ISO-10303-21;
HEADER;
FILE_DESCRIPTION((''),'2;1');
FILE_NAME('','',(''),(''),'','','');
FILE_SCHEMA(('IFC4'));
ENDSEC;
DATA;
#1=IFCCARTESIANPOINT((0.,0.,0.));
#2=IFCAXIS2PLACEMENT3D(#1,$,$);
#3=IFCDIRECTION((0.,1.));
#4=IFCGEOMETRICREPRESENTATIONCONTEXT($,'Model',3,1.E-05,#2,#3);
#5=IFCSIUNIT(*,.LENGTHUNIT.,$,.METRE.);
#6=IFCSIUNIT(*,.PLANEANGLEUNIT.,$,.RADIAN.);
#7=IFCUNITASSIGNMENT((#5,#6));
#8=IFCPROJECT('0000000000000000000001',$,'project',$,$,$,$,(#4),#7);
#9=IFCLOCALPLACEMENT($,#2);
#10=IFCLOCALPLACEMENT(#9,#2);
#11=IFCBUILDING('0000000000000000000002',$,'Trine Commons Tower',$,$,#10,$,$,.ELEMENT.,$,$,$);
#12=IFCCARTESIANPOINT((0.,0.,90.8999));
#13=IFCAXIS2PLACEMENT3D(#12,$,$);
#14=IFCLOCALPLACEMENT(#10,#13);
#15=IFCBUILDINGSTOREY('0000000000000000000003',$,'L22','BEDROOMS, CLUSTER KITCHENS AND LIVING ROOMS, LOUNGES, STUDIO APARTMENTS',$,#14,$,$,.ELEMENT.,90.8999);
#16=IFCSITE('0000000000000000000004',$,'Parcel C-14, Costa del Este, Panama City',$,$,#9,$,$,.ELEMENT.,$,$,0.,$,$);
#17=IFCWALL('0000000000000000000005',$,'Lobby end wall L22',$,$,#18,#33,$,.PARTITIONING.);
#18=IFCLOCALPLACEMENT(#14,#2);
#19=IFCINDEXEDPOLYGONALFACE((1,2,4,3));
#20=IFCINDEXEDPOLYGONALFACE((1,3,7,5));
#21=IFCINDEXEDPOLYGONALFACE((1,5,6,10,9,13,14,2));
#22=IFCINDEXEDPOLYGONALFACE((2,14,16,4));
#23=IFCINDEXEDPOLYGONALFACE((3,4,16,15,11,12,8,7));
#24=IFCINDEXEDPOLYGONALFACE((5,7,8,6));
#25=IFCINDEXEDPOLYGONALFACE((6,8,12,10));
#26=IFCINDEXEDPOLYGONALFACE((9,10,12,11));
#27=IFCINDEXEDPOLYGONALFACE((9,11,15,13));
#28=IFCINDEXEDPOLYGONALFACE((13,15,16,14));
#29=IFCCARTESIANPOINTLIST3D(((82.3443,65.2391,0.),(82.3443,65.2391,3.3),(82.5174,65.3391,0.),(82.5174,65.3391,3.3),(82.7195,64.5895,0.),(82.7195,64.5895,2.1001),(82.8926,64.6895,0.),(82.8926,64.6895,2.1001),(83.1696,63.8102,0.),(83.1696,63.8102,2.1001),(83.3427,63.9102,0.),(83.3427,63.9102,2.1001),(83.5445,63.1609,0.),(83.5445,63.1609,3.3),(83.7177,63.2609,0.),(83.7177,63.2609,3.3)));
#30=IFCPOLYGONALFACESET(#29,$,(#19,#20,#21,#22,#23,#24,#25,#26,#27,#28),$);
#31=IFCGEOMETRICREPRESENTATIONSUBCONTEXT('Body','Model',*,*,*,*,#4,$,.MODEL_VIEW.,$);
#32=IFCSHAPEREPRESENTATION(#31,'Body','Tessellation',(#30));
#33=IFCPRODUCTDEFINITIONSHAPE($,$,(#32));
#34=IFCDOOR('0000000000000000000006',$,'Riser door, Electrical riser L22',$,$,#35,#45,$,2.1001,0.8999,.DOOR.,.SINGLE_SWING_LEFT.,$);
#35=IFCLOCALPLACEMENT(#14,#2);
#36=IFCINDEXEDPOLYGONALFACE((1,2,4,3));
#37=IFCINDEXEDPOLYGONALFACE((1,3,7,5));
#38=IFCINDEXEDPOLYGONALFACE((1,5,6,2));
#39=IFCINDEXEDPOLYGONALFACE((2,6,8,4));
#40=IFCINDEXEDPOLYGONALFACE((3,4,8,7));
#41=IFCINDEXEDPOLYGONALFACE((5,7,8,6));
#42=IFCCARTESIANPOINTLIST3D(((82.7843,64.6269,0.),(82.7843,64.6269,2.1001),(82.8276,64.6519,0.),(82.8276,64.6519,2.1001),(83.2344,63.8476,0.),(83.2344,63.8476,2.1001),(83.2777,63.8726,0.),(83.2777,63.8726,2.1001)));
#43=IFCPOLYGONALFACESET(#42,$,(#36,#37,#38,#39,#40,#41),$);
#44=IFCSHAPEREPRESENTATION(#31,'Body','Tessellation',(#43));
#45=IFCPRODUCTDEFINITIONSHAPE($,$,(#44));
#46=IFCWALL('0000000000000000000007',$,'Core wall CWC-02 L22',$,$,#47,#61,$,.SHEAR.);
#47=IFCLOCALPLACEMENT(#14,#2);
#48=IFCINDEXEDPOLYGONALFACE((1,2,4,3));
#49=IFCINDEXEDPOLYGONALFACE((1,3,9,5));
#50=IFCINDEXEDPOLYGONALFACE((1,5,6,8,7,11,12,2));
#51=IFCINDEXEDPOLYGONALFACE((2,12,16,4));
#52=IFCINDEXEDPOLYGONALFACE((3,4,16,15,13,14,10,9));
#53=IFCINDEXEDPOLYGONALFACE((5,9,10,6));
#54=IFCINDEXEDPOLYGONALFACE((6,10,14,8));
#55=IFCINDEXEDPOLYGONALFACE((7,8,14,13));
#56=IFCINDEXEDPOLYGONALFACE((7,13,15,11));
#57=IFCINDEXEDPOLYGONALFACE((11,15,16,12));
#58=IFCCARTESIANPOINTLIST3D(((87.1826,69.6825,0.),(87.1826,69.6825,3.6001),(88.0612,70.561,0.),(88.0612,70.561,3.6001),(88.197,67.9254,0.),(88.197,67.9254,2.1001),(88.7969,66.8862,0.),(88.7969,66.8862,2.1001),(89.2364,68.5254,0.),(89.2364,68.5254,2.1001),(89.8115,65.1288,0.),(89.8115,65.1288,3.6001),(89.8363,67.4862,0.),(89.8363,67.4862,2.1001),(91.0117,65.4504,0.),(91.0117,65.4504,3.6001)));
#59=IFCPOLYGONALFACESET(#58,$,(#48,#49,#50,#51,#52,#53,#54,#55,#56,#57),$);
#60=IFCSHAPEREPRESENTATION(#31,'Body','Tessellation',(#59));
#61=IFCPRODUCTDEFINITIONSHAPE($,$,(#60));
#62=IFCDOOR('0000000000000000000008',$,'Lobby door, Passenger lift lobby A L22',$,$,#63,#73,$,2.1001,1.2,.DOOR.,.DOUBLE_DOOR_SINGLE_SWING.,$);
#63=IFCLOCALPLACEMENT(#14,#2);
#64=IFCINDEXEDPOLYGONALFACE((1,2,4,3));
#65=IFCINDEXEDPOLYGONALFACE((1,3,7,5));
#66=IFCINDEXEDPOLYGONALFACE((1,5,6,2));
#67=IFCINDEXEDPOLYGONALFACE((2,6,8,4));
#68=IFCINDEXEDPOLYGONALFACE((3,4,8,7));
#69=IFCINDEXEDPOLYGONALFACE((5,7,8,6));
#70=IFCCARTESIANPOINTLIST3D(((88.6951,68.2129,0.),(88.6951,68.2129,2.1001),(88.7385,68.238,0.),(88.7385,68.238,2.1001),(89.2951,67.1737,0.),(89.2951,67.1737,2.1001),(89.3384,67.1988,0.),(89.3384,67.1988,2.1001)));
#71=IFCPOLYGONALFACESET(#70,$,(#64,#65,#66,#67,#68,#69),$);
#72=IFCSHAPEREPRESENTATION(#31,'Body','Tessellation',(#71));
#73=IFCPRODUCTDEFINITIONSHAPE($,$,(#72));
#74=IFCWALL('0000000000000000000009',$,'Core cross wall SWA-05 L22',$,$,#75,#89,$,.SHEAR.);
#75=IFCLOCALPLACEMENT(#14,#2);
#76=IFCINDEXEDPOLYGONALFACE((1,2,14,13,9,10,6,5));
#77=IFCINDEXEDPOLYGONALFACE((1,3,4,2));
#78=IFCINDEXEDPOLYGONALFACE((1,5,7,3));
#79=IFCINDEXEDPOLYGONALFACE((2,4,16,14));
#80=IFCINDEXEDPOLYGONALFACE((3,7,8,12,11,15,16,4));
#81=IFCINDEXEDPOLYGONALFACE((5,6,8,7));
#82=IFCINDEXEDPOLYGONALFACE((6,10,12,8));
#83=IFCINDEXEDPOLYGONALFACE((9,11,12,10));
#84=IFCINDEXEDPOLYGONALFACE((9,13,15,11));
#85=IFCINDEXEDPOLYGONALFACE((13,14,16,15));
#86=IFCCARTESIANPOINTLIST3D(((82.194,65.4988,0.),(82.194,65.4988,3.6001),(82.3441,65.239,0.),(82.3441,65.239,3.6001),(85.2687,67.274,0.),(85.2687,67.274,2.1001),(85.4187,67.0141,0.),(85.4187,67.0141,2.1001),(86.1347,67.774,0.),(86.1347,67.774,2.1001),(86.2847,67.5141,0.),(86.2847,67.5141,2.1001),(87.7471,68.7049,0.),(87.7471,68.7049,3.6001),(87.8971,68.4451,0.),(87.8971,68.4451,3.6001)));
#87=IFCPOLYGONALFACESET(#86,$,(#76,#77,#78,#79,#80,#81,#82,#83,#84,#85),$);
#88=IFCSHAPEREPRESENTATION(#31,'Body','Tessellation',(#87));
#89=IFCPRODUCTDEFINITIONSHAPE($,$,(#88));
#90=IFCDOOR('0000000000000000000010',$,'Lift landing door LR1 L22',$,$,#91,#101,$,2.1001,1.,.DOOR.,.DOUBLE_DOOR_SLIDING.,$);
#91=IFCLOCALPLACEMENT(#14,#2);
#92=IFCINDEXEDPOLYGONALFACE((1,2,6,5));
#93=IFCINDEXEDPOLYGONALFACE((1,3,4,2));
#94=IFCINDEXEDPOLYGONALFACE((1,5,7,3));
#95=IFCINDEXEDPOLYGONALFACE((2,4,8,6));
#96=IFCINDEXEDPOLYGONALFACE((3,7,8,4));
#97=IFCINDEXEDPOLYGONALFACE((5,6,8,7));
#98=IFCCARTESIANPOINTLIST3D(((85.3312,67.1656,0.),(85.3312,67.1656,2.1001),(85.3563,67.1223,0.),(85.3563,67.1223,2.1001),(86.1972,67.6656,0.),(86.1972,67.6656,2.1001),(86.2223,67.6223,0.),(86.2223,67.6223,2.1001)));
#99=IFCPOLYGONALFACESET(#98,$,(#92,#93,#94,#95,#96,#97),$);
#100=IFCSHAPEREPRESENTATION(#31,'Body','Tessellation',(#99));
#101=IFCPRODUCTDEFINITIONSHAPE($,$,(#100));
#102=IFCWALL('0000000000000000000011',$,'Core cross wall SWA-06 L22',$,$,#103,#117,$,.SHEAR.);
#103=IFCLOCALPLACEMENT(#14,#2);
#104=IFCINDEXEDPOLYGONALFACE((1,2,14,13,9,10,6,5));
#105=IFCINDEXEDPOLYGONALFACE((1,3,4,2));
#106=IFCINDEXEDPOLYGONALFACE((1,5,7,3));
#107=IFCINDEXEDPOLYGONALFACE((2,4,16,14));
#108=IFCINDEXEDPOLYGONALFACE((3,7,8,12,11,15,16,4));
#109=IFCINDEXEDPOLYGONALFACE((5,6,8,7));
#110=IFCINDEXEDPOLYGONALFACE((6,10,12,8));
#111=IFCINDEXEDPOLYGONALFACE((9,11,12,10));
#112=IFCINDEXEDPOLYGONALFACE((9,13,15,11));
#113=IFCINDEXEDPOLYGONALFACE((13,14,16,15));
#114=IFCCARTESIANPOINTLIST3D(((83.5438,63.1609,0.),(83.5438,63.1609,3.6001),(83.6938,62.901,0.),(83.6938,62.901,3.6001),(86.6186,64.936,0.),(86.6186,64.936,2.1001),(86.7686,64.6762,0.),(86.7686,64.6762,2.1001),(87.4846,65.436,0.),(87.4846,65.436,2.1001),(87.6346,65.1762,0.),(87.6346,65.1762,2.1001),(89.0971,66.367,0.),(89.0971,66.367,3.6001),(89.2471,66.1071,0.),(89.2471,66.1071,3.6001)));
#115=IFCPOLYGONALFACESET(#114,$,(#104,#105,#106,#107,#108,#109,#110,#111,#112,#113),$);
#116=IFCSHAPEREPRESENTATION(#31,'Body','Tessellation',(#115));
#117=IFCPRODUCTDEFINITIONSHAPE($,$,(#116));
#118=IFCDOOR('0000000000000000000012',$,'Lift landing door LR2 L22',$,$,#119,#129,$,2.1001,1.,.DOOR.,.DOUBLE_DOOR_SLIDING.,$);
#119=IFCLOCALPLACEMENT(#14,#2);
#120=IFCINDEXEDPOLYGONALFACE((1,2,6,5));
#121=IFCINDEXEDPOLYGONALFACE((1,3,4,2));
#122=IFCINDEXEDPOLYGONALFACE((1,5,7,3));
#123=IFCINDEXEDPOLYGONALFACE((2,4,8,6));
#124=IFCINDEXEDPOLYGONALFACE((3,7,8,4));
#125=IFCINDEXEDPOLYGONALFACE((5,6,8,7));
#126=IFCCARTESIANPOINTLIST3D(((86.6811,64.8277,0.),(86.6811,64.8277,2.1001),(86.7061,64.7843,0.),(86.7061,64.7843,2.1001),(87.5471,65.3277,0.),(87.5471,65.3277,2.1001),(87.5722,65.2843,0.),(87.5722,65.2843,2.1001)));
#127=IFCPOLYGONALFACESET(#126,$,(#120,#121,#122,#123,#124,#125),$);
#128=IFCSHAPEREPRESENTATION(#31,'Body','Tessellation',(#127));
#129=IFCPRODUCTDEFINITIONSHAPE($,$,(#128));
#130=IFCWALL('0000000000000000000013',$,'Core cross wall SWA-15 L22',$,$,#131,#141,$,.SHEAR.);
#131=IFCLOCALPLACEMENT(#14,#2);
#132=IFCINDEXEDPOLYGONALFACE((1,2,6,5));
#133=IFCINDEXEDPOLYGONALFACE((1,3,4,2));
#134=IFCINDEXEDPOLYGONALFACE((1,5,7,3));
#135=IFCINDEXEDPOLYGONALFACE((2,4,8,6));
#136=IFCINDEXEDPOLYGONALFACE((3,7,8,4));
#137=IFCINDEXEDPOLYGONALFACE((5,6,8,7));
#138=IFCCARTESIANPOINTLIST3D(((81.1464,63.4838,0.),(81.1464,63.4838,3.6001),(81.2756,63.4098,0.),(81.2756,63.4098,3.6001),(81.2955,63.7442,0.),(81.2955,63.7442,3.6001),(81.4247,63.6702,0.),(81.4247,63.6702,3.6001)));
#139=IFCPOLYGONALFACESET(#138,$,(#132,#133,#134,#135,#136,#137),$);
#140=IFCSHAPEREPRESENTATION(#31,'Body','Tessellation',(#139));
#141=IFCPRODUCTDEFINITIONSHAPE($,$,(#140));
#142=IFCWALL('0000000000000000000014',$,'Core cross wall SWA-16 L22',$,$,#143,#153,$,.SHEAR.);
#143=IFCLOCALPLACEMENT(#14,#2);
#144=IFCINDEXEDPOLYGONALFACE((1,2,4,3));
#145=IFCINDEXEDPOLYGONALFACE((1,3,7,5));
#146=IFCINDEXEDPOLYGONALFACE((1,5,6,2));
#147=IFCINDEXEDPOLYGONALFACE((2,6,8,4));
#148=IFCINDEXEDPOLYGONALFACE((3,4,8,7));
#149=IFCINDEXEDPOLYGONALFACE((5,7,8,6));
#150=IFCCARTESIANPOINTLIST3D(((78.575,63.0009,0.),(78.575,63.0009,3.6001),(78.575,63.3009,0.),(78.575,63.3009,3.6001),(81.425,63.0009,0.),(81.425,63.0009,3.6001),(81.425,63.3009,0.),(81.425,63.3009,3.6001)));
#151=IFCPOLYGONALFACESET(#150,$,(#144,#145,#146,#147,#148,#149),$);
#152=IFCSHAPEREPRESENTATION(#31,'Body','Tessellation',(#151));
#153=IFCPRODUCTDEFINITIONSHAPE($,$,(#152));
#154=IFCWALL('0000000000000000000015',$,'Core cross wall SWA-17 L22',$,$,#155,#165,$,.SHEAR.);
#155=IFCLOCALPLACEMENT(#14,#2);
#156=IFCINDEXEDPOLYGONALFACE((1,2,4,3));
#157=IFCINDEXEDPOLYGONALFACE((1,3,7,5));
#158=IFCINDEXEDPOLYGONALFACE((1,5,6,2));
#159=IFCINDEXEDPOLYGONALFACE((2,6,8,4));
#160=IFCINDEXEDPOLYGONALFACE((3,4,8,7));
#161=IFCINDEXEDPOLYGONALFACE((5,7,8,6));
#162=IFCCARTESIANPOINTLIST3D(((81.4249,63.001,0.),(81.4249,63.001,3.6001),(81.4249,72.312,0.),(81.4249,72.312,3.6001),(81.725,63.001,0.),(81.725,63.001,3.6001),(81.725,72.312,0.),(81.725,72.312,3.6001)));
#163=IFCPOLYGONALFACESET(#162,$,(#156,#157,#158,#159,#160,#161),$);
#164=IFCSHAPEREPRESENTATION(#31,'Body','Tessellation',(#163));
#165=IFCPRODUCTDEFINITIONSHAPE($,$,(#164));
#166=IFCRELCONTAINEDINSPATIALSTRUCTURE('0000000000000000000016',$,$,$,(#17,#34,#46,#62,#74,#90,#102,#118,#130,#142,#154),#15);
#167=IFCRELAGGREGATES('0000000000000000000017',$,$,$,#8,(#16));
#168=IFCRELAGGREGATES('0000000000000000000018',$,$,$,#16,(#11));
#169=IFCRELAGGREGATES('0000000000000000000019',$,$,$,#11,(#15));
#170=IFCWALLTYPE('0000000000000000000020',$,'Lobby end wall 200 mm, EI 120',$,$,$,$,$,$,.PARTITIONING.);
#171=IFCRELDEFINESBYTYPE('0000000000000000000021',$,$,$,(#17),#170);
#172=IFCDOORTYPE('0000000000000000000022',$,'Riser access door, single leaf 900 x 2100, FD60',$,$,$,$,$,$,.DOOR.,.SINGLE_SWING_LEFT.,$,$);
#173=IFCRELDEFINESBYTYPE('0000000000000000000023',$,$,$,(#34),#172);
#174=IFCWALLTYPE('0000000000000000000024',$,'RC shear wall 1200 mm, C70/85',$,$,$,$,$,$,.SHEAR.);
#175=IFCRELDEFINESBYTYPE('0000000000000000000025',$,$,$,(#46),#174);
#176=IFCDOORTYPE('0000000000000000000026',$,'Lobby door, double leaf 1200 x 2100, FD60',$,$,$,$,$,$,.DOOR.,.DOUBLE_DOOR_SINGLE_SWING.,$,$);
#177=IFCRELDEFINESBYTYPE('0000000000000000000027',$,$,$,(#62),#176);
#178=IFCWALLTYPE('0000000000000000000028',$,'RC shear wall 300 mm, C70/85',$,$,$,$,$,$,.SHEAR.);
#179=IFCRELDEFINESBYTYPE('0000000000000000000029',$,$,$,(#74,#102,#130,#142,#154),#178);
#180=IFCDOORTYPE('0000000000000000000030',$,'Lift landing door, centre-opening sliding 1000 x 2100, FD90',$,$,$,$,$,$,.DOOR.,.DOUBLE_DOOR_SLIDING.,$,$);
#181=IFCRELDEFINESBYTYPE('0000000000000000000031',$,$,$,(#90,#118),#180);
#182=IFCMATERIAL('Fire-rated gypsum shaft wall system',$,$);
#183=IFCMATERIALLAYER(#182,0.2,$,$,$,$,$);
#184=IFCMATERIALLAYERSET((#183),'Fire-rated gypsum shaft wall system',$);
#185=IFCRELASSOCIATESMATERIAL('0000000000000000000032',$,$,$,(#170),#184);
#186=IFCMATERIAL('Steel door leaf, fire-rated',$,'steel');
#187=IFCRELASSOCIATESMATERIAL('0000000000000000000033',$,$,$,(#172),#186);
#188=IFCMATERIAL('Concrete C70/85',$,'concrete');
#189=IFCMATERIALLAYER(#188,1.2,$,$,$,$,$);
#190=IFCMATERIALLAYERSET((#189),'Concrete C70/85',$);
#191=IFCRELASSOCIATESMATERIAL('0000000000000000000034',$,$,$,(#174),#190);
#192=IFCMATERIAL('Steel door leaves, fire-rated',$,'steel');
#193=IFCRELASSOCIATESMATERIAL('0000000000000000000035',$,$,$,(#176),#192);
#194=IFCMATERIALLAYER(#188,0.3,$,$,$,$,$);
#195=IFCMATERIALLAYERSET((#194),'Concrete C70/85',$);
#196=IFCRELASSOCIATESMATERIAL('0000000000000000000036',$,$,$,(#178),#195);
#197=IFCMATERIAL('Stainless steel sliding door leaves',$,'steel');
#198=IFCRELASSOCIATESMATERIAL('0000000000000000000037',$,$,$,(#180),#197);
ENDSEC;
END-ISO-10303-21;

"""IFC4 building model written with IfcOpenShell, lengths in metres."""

from ifc_helpers import new_model, si_unit, direction, frame, frame_2d, origin, place, context, subcontext, project, spatial, polyline, rectangle, outline, extrude, material, layer, layer_set, type_object, element, fill, save


model = new_model("IFC4")

# Units and contexts
model_context = context("Model", 3, precision=1e-05, world=origin(), true_north=direction((0.0, 1.0)))
body_context = subcontext(model_context, "Body", "Model", "MODEL_VIEW")
ifc_project = project(units=[si_unit("LENGTHUNIT", "METRE"), si_unit("PLANEANGLEUNIT", "RADIAN")], contexts=[model_context])

# Site, building, storey
site_placement = place(None, origin())
site = spatial("IfcSite", under=ifc_project, at=site_placement, Name="Parcel C-14, Costa del Este, Panama City", CompositionType="ELEMENT", RefElevation=0.0)
building_placement = place(site_placement, origin())
building = spatial("IfcBuilding", under=site, at=building_placement, Name="Trine Commons Tower", CompositionType="ELEMENT")
storey_placement = place(building_placement, frame((0.0, 0.0, 90.8999)))
storey = spatial("IfcBuildingStorey", under=building, at=storey_placement, Name="L22", Description="BEDROOMS, CLUSTER KITCHENS AND LIVING ROOMS, LOUNGES, STUDIO APARTMENTS", CompositionType="ELEMENT", Elevation=90.8999)

# Walls, openings, doors
ifc_material_1 = material(Name="Fire-rated gypsum shaft wall system")
ifc_layer_1 = layer(ifc_material_1, 0.2)
ifc_layer_set_1 = layer_set([ifc_layer_1], Name="Fire-rated gypsum shaft wall system")
wall_type_1 = type_object("IfcWallType", Name="Lobby end wall 200 mm, EI 120", PredefinedType="PARTITIONING", material=ifc_layer_set_1)
wall_1_placement = place(storey_placement, frame((83.6311, 63.2109, 0.0), z_axis=(0.0, 0.0, 1.0), x_axis=(-0.500122, 0.865955, 0.0)))
wall_1 = element("IfcWall", 1, at=wall_1_placement, inside=storey, type_object=wall_type_1, Name="Lobby end wall L22", PredefinedType="PARTITIONING", context=body_context, shape_type="SweptSolid", body=[
    extrude(rectangle(XDim=2.3999, YDim=0.2, at=frame_2d((1.2, 0.0))), origin(), (0.0, 0.0, 1.0), 3.3),
])
opening_1_placement = place(wall_1_placement, frame((0.7498, 0.0, 0.0)))
opening_1 = element("IfcOpeningElement", 2, at=opening_1_placement, cuts=wall_1, PredefinedType="OPENING", context=body_context, shape_type="SweptSolid", body=[
    extrude(rectangle(XDim=0.8999, YDim=2.1001, at=frame_2d((0.45, 1.05))), frame((0.0, 0.1099, 0.0), z_axis=(0.0, -1.0, 0.0), x_axis=(1.0, 0.0, 0.0)), (0.0, 0.0, 1.0), 0.22),
])
ifc_material_2 = material(Name="Steel door leaf, fire-rated", Category="steel")
door_type_1 = type_object("IfcDoorType", Name="Riser access door, single leaf 900 x 2100, FD60", OperationType="SINGLE_SWING_LEFT", PredefinedType="DOOR", material=ifc_material_2)
door_1_placement = place(opening_1_placement, frame((0.8999, 0.0, 0.0), z_axis=(0.0, 0.0, 1.0), x_axis=(-1.0, 0.0, 0.0)))
door_1 = element("IfcDoor", 3, at=door_1_placement, inside=storey, type_object=door_type_1, Name="Riser door, Electrical riser L22", OperationType="SINGLE_SWING_LEFT", OverallHeight=2.1001, OverallWidth=0.8999, PredefinedType="DOOR", context=body_context, shape_type="SweptSolid", body=[
    extrude(rectangle(XDim=0.8999, YDim=2.1001, at=frame_2d((0.45, 1.05))), frame((0.0, 0.0249, 0.0), z_axis=(0.0, -1.0, 0.0), x_axis=(1.0, 0.0, 0.0)), (0.0, 0.0, 1.0), 0.05),
])
fill(opening_1, door_1)
ifc_material_3 = material(Name="Concrete C70/85", Category="concrete")
ifc_layer_2 = layer(ifc_material_3, 1.2)
ifc_layer_set_2 = layer_set([ifc_layer_2], Name="Concrete C70/85")
wall_type_2 = type_object("IfcWallType", Name="RC shear wall 1200 mm, C70/85", PredefinedType="SHEAR", material=ifc_layer_set_2)
wall_2_placement = place(storey_placement, frame((90.4919, 65.1504, 0.0), z_axis=(0.0, 0.0, 1.0), x_axis=(-0.499979, 0.866037, 0.0)))
wall_2 = element("IfcWall", 4, at=wall_2_placement, inside=storey, type_object=wall_type_2, Name="Core wall CWC-02 L22", PredefinedType="SHEAR", context=body_context, shape_type="SweptSolid", body=[
    extrude(outline(polyline([(0.0, -0.6001), (5.9011, -0.6001), (5.5796, 0.6001), (0.3215, 0.6001), (0.0, -0.6001)])), origin(), (0.0, 0.0, 1.0), 3.6001),
])
opening_2_placement = place(wall_2_placement, frame((2.3506, 0.0, 0.0)))
opening_2 = element("IfcOpeningElement", 5, at=opening_2_placement, cuts=wall_2, PredefinedType="OPENING", context=body_context, shape_type="SweptSolid", body=[
    extrude(rectangle(XDim=1.2, YDim=2.1001, at=frame_2d((0.6001, 1.05))), frame((0.0, 0.6099, 0.0), z_axis=(0.0, -1.0, 0.0), x_axis=(1.0, 0.0, 0.0)), (0.0, 0.0, 1.0), 1.22),
])
ifc_material_4 = material(Name="Steel door leaves, fire-rated", Category="steel")
door_type_2 = type_object("IfcDoorType", Name="Lobby door, double leaf 1200 x 2100, FD60", OperationType="DOUBLE_DOOR_SINGLE_SWING", PredefinedType="DOOR", material=ifc_material_4)
door_2_placement = place(opening_2_placement, origin())
door_2 = element("IfcDoor", 6, at=door_2_placement, inside=storey, type_object=door_type_2, Name="Lobby door, Passenger lift lobby A L22", OperationType="DOUBLE_DOOR_SINGLE_SWING", OverallHeight=2.1001, OverallWidth=1.2, PredefinedType="DOOR", context=body_context, shape_type="SweptSolid", body=[
    extrude(rectangle(XDim=1.2, YDim=2.1001, at=frame_2d((0.6001, 1.05))), frame((0.0, 0.0249, 0.0), z_axis=(0.0, -1.0, 0.0), x_axis=(1.0, 0.0, 0.0)), (0.0, 0.0, 1.0), 0.05),
])
fill(opening_2, door_2)
ifc_layer_3 = layer(ifc_material_3, 0.3)
ifc_layer_set_3 = layer_set([ifc_layer_3], Name="Concrete C70/85")
wall_type_3 = type_object("IfcWallType", Name="RC shear wall 300 mm, C70/85", PredefinedType="SHEAR", material=ifc_layer_set_3)
wall_3_placement = place(storey_placement, frame((82.269, 65.3689, 0.0), z_axis=(0.0, 0.0, 1.0), x_axis=(0.866023, 0.500005, 0.0)))
wall_3 = element("IfcWall", 7, at=wall_3_placement, inside=storey, type_object=wall_type_3, Name="Core cross wall SWA-05 L22", PredefinedType="SHEAR", context=body_context, shape_type="SweptSolid", body=[
    extrude(rectangle(XDim=6.4121, YDim=0.3, at=frame_2d((3.2061, 0.0))), origin(), (0.0, 0.0, 1.0), 3.6001),
])
opening_3_placement = place(wall_3_placement, frame((3.5503, 0.0, 0.0)))
opening_3 = element("IfcOpeningElement", 8, at=opening_3_placement, cuts=wall_3, PredefinedType="OPENING", context=body_context, shape_type="SweptSolid", body=[
    extrude(rectangle(XDim=1.0, YDim=2.1001, at=frame_2d((0.5, 1.05))), frame((0.0, 0.1599, 0.0), z_axis=(0.0, -1.0, 0.0), x_axis=(1.0, 0.0, 0.0)), (0.0, 0.0, 1.0), 0.3201),
])
ifc_material_5 = material(Name="Stainless steel sliding door leaves", Category="steel")
door_type_3 = type_object("IfcDoorType", Name="Lift landing door, centre-opening sliding 1000 x 2100, FD90", OperationType="DOUBLE_DOOR_SLIDING", PredefinedType="DOOR", material=ifc_material_5)
door_3_placement = place(opening_3_placement, origin())
door_3 = element("IfcDoor", 9, at=door_3_placement, inside=storey, type_object=door_type_3, Name="Lift landing door LR1 L22", OperationType="DOUBLE_DOOR_SLIDING", OverallHeight=2.1001, OverallWidth=1.0, PredefinedType="DOOR", context=body_context, shape_type="SweptSolid", body=[
    extrude(rectangle(XDim=1.0, YDim=2.1001, at=frame_2d((0.5, 1.05))), frame((0.0, 0.0249, 0.0), z_axis=(0.0, -1.0, 0.0), x_axis=(1.0, 0.0, 0.0)), (0.0, 0.0, 1.0), 0.05),
])
fill(opening_3, door_3)
wall_4_placement = place(storey_placement, frame((83.6189, 63.031, 0.0), z_axis=(0.0, 0.0, 1.0), x_axis=(0.866032, 0.499988, 0.0)))
wall_4 = element("IfcWall", 10, at=wall_4_placement, inside=storey, type_object=wall_type_3, Name="Core cross wall SWA-06 L22", PredefinedType="SHEAR", context=body_context, shape_type="SweptSolid", body=[
    extrude(rectangle(XDim=6.4124, YDim=0.3, at=frame_2d((3.2061, 0.0))), origin(), (0.0, 0.0, 1.0), 3.6001),
])
opening_4_placement = place(wall_4_placement, frame((3.5503, 0.0, 0.0)))
opening_4 = element("IfcOpeningElement", 11, at=opening_4_placement, cuts=wall_4, PredefinedType="OPENING", context=body_context, shape_type="SweptSolid", body=[
    extrude(rectangle(XDim=1.0, YDim=2.1001, at=frame_2d((0.5, 1.05))), frame((0.0, 0.1599, 0.0), z_axis=(0.0, -1.0, 0.0), x_axis=(1.0, 0.0, 0.0)), (0.0, 0.0, 1.0), 0.3201),
])
door_4_placement = place(opening_4_placement, origin())
door_4 = element("IfcDoor", 12, at=door_4_placement, inside=storey, type_object=door_type_3, Name="Lift landing door LR2 L22", OperationType="DOUBLE_DOOR_SLIDING", OverallHeight=2.1001, OverallWidth=1.0, PredefinedType="DOOR", context=body_context, shape_type="SweptSolid", body=[
    extrude(rectangle(XDim=1.0, YDim=2.1001, at=frame_2d((0.5, 1.05))), frame((0.0, 0.0249, 0.0), z_axis=(0.0, -1.0, 0.0), x_axis=(1.0, 0.0, 0.0)), (0.0, 0.0, 1.0), 0.05),
])
fill(opening_4, door_4)

# Walls
wall_5_placement = place(storey_placement, frame((81.2209, 63.614, 0.0), z_axis=(0.0, 0.0, 1.0), x_axis=(0.867738, -0.497022, 0.0)))
element("IfcWall", 13, at=wall_5_placement, inside=storey, type_object=wall_type_3, Name="Core cross wall SWA-15 L22", PredefinedType="SHEAR", context=body_context, shape_type="SweptSolid", body=[
    extrude(rectangle(XDim=0.1489, YDim=0.3, at=frame_2d((0.0745, 0.0))), origin(), (0.0, 0.0, 1.0), 3.6001),
])
wall_6_placement = place(storey_placement, frame((81.425, 63.1509, 0.0), z_axis=(0.0, 0.0, 1.0), x_axis=(-1.0, 0.0, 0.0)))
element("IfcWall", 14, at=wall_6_placement, inside=storey, type_object=wall_type_3, Name="Core cross wall SWA-16 L22", PredefinedType="SHEAR", context=body_context, shape_type="SweptSolid", body=[
    extrude(rectangle(XDim=2.8501, YDim=0.3, at=frame_2d((1.425, 0.0))), origin(), (0.0, 0.0, 1.0), 3.6001),
])
wall_7_placement = place(storey_placement, frame((81.575, 63.001, 0.0), z_axis=(0.0, 0.0, 1.0), x_axis=(0.0, 1.0, 0.0)))
element("IfcWall", 15, at=wall_7_placement, inside=storey, type_object=wall_type_3, Name="Core cross wall SWA-17 L22", PredefinedType="SHEAR", context=body_context, shape_type="SweptSolid", body=[
    extrude(rectangle(XDim=9.311, YDim=0.3, at=frame_2d((4.6555, 0.0))), origin(), (0.0, 0.0, 1.0), 3.6001),
])

save(model, "model.ifc")
